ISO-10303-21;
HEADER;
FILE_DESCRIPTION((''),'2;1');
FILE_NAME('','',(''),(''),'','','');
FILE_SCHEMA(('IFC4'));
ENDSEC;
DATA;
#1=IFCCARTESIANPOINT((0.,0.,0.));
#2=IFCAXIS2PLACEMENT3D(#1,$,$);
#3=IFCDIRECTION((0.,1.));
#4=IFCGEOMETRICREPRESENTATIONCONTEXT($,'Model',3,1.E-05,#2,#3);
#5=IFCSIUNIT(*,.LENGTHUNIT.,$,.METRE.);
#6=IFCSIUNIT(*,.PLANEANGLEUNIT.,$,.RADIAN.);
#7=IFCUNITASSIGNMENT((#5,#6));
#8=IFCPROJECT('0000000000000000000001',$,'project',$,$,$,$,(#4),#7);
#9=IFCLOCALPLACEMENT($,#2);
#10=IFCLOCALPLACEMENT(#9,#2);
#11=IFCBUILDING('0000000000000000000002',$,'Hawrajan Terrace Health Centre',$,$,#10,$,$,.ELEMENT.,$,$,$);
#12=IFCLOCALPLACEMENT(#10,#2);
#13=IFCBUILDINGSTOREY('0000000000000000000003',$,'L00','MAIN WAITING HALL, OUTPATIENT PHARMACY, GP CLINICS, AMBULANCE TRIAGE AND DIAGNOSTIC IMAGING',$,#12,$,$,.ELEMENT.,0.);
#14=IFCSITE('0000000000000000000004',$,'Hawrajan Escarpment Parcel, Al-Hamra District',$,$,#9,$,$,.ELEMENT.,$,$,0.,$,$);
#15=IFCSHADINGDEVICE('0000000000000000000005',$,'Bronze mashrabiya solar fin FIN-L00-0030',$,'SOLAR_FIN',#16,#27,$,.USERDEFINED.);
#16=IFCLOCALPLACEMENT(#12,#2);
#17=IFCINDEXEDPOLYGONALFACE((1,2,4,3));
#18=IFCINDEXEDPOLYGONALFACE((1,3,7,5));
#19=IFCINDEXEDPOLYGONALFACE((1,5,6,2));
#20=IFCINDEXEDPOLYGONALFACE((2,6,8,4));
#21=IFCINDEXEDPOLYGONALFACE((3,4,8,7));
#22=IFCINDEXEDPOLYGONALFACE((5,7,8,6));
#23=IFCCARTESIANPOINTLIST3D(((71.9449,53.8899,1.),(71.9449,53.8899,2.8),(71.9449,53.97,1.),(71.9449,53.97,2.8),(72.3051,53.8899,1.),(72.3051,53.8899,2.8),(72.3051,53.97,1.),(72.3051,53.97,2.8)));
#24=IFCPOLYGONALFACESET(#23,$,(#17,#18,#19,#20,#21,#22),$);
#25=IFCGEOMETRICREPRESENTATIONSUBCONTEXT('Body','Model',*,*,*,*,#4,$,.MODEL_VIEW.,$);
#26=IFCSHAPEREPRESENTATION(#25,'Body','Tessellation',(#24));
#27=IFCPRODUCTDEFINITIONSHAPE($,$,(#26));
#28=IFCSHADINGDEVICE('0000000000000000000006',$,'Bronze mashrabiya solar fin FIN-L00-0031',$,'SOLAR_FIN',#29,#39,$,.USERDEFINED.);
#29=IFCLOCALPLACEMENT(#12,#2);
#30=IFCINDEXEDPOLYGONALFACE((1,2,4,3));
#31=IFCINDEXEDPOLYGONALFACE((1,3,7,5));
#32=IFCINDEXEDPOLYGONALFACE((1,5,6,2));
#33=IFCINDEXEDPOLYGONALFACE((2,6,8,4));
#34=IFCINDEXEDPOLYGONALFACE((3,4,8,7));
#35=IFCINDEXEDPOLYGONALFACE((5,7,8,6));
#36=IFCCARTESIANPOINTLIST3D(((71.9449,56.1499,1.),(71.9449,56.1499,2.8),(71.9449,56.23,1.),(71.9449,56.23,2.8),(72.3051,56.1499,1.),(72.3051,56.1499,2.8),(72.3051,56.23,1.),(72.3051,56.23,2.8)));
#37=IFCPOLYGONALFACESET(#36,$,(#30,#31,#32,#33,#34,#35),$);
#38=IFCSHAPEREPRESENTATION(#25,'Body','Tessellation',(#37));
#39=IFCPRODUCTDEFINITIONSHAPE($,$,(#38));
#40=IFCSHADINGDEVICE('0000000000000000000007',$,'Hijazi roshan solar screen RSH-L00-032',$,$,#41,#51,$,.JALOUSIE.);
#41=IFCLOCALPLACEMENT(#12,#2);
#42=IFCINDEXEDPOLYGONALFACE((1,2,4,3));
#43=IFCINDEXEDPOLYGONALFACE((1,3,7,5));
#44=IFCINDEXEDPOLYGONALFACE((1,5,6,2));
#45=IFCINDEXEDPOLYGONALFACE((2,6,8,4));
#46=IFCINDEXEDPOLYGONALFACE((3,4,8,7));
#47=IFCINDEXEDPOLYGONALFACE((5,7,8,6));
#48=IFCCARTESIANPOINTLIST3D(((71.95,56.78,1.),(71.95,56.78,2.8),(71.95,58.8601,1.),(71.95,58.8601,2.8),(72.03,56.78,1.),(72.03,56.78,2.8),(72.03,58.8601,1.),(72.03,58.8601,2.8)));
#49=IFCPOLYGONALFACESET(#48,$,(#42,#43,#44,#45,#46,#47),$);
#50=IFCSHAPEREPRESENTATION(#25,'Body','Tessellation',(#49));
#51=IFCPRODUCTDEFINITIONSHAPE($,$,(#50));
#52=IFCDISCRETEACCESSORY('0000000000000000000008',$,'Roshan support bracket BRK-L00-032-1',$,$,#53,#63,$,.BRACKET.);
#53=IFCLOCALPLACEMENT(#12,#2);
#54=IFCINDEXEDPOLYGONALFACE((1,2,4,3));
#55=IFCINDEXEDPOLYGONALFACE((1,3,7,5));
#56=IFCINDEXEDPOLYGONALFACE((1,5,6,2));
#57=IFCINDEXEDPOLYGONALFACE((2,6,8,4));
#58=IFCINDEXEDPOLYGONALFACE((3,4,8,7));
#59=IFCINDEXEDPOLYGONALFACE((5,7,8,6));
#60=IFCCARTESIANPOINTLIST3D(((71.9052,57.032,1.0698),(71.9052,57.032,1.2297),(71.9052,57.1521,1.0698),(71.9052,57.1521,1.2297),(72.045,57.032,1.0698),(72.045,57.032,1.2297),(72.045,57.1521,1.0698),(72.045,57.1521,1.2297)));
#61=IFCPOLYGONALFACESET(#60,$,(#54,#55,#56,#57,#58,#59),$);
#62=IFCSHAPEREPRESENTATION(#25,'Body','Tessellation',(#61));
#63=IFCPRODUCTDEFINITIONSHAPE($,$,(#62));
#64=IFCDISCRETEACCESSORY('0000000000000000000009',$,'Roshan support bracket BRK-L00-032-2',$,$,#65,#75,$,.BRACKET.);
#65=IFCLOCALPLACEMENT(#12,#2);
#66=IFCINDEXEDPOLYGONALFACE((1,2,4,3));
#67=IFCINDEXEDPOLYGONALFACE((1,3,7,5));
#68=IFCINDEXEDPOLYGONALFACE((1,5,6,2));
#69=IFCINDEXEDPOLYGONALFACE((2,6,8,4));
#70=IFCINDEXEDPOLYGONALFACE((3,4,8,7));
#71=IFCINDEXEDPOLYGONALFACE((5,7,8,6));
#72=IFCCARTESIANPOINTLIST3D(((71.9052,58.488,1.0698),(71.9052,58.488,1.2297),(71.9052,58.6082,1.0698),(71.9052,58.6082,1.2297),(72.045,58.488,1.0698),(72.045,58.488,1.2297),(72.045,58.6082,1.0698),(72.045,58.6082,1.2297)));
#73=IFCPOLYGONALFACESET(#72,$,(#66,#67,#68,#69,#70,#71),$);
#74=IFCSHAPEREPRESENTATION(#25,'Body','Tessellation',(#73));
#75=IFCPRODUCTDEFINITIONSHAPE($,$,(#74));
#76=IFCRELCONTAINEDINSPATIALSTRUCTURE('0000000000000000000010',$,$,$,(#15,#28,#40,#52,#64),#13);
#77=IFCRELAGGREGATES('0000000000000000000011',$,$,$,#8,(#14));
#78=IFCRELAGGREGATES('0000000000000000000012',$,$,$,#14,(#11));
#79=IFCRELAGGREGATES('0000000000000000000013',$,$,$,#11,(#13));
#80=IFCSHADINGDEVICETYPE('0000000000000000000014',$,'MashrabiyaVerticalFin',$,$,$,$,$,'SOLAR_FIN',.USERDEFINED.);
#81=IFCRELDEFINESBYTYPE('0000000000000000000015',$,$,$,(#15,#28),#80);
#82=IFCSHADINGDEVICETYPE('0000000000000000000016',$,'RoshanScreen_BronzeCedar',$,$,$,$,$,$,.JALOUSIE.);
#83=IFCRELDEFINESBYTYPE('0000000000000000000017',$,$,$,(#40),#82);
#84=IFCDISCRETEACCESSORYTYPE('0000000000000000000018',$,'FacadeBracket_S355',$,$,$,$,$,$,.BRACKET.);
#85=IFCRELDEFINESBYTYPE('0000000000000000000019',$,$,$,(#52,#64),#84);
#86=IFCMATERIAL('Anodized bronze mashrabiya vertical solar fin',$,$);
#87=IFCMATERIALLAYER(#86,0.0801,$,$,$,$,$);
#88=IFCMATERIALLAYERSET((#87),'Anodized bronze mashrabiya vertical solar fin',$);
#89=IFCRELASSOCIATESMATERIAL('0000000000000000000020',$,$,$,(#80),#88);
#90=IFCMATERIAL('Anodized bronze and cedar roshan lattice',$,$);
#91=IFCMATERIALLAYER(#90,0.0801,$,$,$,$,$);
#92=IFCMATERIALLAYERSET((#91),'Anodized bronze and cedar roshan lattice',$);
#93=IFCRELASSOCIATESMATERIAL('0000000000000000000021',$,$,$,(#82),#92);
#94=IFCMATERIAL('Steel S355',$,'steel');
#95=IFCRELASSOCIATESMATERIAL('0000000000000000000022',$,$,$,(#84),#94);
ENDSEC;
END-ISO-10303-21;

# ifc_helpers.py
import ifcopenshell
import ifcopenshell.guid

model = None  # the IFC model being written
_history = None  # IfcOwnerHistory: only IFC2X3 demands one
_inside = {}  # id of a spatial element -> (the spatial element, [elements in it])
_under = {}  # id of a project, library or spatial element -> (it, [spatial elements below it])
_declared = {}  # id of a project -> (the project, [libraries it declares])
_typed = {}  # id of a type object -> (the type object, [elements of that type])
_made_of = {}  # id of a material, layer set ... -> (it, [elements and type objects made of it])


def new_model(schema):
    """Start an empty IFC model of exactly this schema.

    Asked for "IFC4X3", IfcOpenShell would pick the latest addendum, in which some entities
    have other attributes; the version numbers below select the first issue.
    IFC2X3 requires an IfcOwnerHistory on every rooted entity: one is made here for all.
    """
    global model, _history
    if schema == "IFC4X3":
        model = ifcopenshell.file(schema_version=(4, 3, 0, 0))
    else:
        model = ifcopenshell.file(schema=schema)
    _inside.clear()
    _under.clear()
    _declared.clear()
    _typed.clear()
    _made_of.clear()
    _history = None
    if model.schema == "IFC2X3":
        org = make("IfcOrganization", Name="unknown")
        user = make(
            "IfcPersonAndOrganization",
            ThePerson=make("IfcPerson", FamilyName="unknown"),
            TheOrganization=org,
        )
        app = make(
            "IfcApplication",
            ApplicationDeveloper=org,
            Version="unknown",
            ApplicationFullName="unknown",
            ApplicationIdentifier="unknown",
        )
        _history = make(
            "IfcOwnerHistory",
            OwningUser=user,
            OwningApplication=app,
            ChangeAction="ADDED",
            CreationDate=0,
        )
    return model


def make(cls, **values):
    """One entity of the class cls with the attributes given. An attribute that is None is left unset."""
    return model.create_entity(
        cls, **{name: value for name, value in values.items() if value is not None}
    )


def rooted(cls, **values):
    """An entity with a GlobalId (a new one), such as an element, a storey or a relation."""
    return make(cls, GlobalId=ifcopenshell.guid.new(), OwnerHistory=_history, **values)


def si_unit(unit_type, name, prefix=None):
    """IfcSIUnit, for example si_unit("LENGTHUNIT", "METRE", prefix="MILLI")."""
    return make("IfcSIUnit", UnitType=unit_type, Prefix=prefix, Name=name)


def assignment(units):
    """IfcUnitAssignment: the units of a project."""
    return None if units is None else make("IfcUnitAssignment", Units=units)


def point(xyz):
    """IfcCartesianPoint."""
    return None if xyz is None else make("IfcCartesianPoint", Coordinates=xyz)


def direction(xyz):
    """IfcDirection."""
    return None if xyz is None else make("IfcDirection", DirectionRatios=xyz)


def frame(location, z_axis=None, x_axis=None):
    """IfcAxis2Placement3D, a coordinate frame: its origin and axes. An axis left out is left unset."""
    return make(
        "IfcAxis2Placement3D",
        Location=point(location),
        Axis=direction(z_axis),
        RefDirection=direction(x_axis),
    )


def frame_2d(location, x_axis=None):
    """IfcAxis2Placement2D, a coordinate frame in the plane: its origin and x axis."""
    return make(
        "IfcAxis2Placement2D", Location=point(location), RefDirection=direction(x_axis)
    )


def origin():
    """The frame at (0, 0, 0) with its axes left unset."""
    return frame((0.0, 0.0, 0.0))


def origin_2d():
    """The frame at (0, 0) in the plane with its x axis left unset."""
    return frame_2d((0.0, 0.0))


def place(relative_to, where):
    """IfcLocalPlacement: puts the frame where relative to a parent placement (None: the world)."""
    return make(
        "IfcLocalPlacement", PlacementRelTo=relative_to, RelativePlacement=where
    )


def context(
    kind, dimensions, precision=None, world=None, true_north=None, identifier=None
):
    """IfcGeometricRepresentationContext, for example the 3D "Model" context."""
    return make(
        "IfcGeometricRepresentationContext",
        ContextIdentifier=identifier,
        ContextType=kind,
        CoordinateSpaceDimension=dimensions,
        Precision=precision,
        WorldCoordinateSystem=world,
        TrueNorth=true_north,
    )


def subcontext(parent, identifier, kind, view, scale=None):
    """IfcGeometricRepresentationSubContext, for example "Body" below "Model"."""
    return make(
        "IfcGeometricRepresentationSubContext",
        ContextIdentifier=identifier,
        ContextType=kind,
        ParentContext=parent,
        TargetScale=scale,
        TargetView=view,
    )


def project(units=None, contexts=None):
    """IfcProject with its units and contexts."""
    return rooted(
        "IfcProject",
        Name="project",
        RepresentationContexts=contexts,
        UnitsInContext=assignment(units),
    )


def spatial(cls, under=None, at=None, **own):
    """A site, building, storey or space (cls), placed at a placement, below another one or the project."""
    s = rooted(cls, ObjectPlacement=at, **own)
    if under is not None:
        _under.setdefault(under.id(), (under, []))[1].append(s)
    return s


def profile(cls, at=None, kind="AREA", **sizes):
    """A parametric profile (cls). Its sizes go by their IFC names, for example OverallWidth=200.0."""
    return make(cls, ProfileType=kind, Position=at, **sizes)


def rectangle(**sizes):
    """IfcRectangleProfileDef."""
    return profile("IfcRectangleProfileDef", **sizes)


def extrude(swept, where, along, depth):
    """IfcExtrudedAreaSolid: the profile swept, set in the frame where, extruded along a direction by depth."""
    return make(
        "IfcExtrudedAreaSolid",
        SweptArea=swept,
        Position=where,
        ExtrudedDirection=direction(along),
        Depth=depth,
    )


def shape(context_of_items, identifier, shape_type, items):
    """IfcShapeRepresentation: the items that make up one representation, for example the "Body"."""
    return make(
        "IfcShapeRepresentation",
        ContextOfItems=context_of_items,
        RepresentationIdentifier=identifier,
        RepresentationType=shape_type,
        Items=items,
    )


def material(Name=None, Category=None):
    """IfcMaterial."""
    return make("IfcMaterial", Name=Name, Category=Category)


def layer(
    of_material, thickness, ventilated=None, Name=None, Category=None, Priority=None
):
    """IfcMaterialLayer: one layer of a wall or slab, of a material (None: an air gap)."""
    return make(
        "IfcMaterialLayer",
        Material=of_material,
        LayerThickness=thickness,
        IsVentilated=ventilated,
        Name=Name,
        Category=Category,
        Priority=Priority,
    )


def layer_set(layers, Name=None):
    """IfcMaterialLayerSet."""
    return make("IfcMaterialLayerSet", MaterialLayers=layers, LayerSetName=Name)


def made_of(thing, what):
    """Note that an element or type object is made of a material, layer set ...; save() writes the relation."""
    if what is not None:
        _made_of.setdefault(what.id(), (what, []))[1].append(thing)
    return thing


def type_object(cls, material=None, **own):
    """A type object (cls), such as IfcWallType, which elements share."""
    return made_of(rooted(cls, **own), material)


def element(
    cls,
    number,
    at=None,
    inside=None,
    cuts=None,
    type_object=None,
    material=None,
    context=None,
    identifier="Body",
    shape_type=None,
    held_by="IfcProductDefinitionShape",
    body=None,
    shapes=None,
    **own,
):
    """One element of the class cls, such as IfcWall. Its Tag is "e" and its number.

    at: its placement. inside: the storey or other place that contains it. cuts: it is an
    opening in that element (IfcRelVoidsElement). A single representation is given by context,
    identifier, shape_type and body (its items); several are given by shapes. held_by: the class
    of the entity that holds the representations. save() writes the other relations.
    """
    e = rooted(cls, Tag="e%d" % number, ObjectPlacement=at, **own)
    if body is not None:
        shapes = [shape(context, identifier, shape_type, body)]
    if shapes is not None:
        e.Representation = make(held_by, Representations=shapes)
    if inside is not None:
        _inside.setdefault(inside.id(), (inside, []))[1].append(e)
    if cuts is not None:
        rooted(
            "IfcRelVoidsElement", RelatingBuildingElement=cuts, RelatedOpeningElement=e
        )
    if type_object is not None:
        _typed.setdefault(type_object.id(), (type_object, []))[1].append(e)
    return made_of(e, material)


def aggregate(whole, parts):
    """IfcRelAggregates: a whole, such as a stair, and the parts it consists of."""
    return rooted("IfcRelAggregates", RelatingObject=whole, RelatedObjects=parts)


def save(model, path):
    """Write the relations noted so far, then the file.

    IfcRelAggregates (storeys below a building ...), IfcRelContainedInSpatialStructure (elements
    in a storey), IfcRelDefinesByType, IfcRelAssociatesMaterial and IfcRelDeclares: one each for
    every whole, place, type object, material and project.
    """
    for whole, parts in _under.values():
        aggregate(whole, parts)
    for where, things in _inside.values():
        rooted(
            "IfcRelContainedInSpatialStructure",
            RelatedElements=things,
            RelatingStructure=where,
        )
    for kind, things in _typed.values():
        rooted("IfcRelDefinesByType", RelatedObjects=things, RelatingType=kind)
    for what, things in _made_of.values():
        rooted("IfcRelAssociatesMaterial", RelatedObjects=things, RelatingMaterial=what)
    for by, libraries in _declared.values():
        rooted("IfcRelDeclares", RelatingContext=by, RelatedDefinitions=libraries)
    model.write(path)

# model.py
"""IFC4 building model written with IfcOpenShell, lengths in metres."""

from ifc_helpers import new_model, si_unit, direction, frame, origin, origin_2d, place, context, subcontext, project, spatial, rectangle, extrude, material, layer, layer_set, type_object, element, save


model = new_model("IFC4")

# Units and contexts
model_context = context("Model", 3, precision=1e-05, world=origin(), true_north=direction((0.0, 1.0)))
body_context = subcontext(model_context, "Body", "Model", "MODEL_VIEW")
ifc_project = project(units=[si_unit("LENGTHUNIT", "METRE"), si_unit("PLANEANGLEUNIT", "RADIAN")], contexts=[model_context])

# Site, building, storey
site_placement = place(None, origin())
site = spatial("IfcSite", under=ifc_project, at=site_placement, Name="Hawrajan Escarpment Parcel, Al-Hamra District", CompositionType="ELEMENT", RefElevation=0.0)
building_placement = place(site_placement, origin())
building = spatial("IfcBuilding", under=site, at=building_placement, Name="Hawrajan Terrace Health Centre", CompositionType="ELEMENT")
storey_placement = place(building_placement, origin())
storey = spatial("IfcBuildingStorey", under=building, at=storey_placement, Name="L00", Description="MAIN WAITING HALL, OUTPATIENT PHARMACY, GP CLINICS, AMBULANCE TRIAGE AND DIAGNOSTIC IMAGING", CompositionType="ELEMENT", Elevation=0.0)

# Shared definitions
ifc_material_1 = material(Name="Steel S355", Category="steel")

# Shading devices
ifc_material_2 = material(Name="Anodized bronze mashrabiya vertical solar fin")
ifc_layer_1 = layer(ifc_material_2, 0.0801)
ifc_layer_set_1 = layer_set([ifc_layer_1], Name="Anodized bronze mashrabiya vertical solar fin")
shading_device_type_1 = type_object("IfcShadingDeviceType", Name="MashrabiyaVerticalFin", ElementType="SOLAR_FIN", PredefinedType="USERDEFINED", material=ifc_layer_set_1)
for number, where, z_axis, x_axis, name in (
    (1, (72.125, 53.9299, 1.0), (0.0, 0.0, 1.0), (0.0, 1.0, 0.0), "Bronze mashrabiya solar fin FIN-L00-0030"),
    (2, (72.125, 56.1899, 1.0), (0.0, 0.0, 1.0), (0.0, 1.0, 0.0), "Bronze mashrabiya solar fin FIN-L00-0031"),
):
    element("IfcShadingDevice", number, at=place(storey_placement, frame(where, z_axis=z_axis, x_axis=x_axis)), inside=storey, type_object=shading_device_type_1, Name=name, ObjectType="SOLAR_FIN", PredefinedType="USERDEFINED", context=body_context, shape_type="SweptSolid", body=[
        extrude(rectangle(XDim=0.0801, YDim=0.3601, at=origin_2d()), origin(), (0.0, 0.0, 1.0), 1.8),
    ])
ifc_material_3 = material(Name="Anodized bronze and cedar roshan lattice")
ifc_layer_2 = layer(ifc_material_3, 0.0801)
ifc_layer_set_2 = layer_set([ifc_layer_2], Name="Anodized bronze and cedar roshan lattice")
shading_device_type_2 = type_object("IfcShadingDeviceType", Name="RoshanScreen_BronzeCedar", PredefinedType="JALOUSIE", material=ifc_layer_set_2)
shading_device_placement = place(storey_placement, frame((71.99, 57.8201, 1.0), z_axis=(0.0, 0.0, 1.0), x_axis=(0.0, 1.0, 0.0)))
element("IfcShadingDevice", 3, at=shading_device_placement, inside=storey, type_object=shading_device_type_2, Name="Hijazi roshan solar screen RSH-L00-032", PredefinedType="JALOUSIE", context=body_context, shape_type="SweptSolid", body=[
    extrude(rectangle(XDim=2.0801, YDim=0.0801, at=origin_2d()), origin(), (0.0, 0.0, 1.0), 1.8),
])

# Discrete accessories
discrete_accessory_type = type_object("IfcDiscreteAccessoryType", Name="FacadeBracket_S355", PredefinedType="BRACKET", material=ifc_material_1)
for number, where, z_axis, x_axis, name in (
    (4, (71.9751, 57.092, 1.0698), (0.0, 0.0, 1.0), (0.0, 1.0, 0.0), "Roshan support bracket BRK-L00-032-1"),
    (5, (71.9751, 58.5481, 1.0698), (0.0, 0.0, 1.0), (0.0, 1.0, 0.0), "Roshan support bracket BRK-L00-032-2"),
):
    element("IfcDiscreteAccessory", number, at=place(storey_placement, frame(where, z_axis=z_axis, x_axis=x_axis)), inside=storey, type_object=discrete_accessory_type, Name=name, PredefinedType="BRACKET", context=body_context, shape_type="SweptSolid", body=[
        extrude(rectangle(XDim=0.1201, YDim=0.1399, at=origin_2d()), origin(), (0.0, 0.0, 1.0), 0.1599),
    ])

save(model, "model.ifc")
